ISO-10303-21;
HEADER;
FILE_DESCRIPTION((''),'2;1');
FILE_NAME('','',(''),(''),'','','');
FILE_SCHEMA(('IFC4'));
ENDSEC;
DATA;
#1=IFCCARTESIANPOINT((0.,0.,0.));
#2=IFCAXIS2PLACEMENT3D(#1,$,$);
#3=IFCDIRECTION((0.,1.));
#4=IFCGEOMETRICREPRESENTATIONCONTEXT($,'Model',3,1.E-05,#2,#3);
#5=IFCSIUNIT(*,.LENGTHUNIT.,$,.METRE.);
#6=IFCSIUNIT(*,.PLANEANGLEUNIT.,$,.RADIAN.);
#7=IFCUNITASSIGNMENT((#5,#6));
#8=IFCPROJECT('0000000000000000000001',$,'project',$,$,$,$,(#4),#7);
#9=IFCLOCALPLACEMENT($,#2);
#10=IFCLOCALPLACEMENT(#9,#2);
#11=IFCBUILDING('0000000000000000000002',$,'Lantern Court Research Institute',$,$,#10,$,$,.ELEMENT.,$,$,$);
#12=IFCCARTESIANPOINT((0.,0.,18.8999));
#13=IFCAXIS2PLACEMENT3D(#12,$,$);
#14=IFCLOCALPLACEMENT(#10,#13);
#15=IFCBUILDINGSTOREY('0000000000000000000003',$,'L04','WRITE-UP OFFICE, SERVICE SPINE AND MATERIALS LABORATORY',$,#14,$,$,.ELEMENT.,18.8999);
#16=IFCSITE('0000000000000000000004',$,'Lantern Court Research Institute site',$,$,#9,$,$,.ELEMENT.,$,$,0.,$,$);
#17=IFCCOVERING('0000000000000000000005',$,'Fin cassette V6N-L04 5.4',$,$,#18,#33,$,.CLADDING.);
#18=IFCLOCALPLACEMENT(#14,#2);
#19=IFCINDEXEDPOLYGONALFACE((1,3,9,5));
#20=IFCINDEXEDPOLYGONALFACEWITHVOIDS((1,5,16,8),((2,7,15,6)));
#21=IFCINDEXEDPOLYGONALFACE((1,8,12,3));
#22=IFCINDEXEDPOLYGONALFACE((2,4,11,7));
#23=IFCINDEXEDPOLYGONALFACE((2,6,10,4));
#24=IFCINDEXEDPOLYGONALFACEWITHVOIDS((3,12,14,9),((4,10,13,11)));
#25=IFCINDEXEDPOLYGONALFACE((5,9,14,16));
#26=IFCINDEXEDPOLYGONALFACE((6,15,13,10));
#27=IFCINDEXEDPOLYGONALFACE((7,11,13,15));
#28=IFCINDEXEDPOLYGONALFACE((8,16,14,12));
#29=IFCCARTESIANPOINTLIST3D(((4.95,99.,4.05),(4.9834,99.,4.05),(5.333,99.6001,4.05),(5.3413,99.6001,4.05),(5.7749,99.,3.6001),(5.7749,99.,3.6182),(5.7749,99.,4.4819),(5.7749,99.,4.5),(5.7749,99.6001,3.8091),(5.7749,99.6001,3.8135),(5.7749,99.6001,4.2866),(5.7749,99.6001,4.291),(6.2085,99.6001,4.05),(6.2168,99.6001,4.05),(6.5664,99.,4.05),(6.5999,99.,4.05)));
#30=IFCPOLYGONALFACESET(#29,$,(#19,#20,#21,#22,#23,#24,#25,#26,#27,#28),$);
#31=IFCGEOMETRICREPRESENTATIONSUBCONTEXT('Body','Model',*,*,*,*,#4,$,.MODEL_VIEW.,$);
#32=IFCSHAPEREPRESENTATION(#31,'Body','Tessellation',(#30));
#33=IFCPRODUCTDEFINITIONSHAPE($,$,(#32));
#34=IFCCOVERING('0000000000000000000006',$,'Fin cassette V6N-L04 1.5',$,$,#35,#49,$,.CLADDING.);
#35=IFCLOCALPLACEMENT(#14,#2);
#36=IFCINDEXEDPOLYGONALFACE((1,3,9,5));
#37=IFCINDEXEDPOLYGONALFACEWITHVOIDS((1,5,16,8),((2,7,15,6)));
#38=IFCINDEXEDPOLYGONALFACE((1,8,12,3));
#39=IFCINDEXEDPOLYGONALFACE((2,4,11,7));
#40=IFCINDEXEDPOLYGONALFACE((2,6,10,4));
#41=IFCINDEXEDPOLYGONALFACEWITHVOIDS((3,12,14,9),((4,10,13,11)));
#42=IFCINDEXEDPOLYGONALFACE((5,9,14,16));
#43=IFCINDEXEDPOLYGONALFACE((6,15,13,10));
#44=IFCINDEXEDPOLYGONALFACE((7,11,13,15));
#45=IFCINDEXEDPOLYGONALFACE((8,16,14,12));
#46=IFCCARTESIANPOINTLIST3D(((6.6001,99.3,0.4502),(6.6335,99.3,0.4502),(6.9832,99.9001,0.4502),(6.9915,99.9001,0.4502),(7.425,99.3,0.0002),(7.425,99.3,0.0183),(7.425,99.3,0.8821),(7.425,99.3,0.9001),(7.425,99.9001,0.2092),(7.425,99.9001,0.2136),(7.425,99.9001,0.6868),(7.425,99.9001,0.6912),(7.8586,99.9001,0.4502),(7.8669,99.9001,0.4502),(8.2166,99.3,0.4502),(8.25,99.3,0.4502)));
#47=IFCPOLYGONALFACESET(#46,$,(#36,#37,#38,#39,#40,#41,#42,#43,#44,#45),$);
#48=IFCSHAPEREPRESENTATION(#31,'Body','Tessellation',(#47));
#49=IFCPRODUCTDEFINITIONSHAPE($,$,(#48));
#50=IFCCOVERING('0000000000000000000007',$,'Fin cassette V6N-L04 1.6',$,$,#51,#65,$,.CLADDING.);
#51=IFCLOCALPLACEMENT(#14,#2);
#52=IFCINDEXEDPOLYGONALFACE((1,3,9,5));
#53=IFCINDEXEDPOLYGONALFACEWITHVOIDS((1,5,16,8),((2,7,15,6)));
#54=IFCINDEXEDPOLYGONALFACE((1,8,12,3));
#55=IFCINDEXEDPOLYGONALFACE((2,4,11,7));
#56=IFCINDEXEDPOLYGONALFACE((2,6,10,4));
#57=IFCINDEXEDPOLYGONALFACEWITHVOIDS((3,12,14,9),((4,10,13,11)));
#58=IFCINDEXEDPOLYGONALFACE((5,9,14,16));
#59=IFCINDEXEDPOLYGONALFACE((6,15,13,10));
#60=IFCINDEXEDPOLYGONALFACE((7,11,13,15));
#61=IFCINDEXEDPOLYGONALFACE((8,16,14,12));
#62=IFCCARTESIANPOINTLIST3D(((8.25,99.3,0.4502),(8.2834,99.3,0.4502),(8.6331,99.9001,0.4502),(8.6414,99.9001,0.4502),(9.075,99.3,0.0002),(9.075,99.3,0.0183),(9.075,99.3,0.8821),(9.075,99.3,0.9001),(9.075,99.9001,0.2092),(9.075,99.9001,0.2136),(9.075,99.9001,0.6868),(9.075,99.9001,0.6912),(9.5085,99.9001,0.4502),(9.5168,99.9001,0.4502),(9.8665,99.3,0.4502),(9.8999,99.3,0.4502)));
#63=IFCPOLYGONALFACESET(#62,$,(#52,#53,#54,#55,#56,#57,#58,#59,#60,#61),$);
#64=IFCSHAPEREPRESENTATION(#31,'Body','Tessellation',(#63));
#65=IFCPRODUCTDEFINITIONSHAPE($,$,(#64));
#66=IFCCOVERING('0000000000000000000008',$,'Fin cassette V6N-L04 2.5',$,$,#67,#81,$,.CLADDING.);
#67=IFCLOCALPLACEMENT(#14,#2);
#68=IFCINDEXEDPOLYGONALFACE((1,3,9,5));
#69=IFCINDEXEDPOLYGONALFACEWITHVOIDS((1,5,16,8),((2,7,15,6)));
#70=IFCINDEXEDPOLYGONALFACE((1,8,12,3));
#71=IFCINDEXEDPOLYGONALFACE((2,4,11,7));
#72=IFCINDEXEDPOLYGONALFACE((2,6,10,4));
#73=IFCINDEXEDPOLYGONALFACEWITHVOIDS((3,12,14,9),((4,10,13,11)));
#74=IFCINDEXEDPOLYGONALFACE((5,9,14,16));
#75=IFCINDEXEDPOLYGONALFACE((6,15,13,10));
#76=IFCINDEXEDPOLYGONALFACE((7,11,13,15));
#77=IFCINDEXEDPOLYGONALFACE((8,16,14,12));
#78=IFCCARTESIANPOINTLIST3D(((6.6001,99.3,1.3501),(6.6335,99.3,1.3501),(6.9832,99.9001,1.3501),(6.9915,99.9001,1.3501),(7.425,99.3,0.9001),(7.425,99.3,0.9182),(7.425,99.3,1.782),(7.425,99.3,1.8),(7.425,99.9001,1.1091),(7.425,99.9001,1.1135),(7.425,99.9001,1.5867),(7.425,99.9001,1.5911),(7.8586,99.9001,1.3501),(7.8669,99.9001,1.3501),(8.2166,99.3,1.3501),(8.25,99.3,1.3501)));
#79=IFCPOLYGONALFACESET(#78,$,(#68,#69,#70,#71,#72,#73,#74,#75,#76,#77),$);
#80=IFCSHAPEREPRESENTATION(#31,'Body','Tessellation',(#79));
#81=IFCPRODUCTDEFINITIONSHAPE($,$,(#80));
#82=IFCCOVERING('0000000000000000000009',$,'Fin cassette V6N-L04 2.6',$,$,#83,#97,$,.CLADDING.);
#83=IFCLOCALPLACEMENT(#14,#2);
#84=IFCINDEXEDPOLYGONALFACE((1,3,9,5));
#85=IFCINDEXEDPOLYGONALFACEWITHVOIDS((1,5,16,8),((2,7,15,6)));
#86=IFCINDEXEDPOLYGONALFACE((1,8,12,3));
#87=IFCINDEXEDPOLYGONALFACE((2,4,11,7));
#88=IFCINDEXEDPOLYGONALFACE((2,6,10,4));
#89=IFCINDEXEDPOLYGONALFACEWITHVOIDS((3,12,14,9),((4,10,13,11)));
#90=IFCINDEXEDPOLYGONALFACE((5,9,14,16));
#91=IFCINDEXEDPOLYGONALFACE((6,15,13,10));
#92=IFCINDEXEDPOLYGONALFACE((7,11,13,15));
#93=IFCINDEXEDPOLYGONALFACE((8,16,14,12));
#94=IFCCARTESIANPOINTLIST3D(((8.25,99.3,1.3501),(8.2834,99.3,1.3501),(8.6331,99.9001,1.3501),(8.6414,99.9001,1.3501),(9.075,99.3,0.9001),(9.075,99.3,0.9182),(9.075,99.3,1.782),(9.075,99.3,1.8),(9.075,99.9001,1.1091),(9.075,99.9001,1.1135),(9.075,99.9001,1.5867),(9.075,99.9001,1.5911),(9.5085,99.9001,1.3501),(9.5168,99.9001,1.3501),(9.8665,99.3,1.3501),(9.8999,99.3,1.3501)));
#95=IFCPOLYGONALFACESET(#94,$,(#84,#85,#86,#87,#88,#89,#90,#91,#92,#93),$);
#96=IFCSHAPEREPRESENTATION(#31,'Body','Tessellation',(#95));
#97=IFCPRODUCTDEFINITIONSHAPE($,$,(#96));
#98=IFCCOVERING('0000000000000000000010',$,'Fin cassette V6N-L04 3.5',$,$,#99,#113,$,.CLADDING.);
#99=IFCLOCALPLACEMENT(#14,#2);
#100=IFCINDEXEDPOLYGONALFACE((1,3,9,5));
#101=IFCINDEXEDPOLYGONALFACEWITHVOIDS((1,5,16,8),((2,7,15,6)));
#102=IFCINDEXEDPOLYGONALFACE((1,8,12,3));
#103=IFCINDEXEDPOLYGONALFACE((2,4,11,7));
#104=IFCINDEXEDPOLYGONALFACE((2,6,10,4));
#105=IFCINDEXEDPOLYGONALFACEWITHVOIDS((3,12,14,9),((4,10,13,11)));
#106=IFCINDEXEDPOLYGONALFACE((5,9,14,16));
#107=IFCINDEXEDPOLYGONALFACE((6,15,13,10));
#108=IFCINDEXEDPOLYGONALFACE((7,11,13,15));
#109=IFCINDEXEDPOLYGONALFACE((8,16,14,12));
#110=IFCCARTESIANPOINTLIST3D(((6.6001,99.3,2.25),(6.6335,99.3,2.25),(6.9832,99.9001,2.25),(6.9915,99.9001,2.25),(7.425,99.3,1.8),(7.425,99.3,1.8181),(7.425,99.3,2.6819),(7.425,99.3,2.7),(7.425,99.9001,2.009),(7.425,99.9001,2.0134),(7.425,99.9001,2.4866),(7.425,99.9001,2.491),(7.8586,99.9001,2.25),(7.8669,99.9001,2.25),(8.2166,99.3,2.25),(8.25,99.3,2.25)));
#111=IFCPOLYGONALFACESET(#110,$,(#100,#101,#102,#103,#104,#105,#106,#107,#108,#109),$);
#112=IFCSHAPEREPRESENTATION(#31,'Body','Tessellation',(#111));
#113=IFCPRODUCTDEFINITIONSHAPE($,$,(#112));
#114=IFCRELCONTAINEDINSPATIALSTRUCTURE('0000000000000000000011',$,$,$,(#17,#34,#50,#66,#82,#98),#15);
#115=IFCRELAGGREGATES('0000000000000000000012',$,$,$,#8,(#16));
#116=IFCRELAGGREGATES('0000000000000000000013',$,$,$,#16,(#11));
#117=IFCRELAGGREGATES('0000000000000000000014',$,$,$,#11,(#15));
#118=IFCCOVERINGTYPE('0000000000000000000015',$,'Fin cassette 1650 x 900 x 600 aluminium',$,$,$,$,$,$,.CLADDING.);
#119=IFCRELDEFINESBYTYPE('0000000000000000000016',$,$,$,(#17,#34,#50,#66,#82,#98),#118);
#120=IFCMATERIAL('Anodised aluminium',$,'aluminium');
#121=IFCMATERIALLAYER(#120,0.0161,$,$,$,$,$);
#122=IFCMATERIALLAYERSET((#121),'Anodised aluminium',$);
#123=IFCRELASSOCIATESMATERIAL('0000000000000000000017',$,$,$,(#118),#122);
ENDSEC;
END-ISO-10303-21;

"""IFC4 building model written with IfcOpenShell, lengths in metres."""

from ifc_helpers import new_model, entity, si_unit, direction, frame, origin, place, context, subcontext, project, spatial, material, layer, layer_set, type_object, element, save


model = new_model("IFC4")

# Units and contexts
model_context = context("Model", 3, precision=1e-05, world=origin(), true_north=direction((0.0, 1.0)))
body_context = subcontext(model_context, "Body", "Model", "MODEL_VIEW")
ifc_project = project(units=[si_unit("LENGTHUNIT", "METRE"), si_unit("PLANEANGLEUNIT", "RADIAN")], contexts=[model_context])

# Site, building, storey
site_placement = place(None, origin())
site = spatial("IfcSite", under=ifc_project, at=site_placement, Name="Lantern Court Research Institute site", CompositionType="ELEMENT", RefElevation=0.0)
building_placement = place(site_placement, origin())
building = spatial("IfcBuilding", under=site, at=building_placement, Name="Lantern Court Research Institute", CompositionType="ELEMENT")
storey_placement = place(building_placement, frame((0.0, 0.0, 18.8999)))
storey = spatial("IfcBuildingStorey", under=building, at=storey_placement, Name="L04", Description="WRITE-UP OFFICE, SERVICE SPINE AND MATERIALS LABORATORY", CompositionType="ELEMENT", Elevation=18.8999)

# Coverings
ifc_material_1 = material(Name="Anodised aluminium", Category="aluminium")
ifc_layer_1 = layer(ifc_material_1, 0.0161)
ifc_layer_set_1 = layer_set([ifc_layer_1], Name="Anodised aluminium")
covering_type_1 = type_object("IfcCoveringType", Name="Fin cassette 1650 x 900 x 600 aluminium", PredefinedType="CLADDING", material=ifc_layer_set_1)
covering_1_placement = place(storey_placement, frame((5.7749, 99.0, 4.05), z_axis=(0.0, 1.0, 0.0), x_axis=(-1.0, 0.0, 0.0)))
cartesian_point_1 = entity("IfcCartesianPoint", [0.825, 0.0])
cartesian_point_2 = entity("IfcCartesianPoint", [0.7915, 0.0])
cartesian_point_3 = entity("IfcCartesianPoint", [0.4419, 0.0])
cartesian_point_4 = entity("IfcCartesianPoint", [0.4336, 0.0])
element("IfcCovering", 1, at=covering_1_placement, inside=storey, type_object=covering_type_1, Name="Fin cassette V6N-L04 5.4", PredefinedType="CLADDING", context=body_context, shape_type="SweptSolid", body=[
    entity("IfcExtrudedAreaSolidTapered", entity("IfcArbitraryProfileDefWithVoids", "AREA", None, entity("IfcPolyline", [cartesian_point_1, entity("IfcCartesianPoint", [0.0, 0.45]), entity("IfcCartesianPoint", [-0.825, 0.0]), entity("IfcCartesianPoint", [0.0, -0.45]), cartesian_point_1]), [entity("IfcPolyline", [cartesian_point_2, entity("IfcCartesianPoint", [0.0, 0.4319]), entity("IfcCartesianPoint", [-0.7915, 0.0]), entity("IfcCartesianPoint", [0.0, -0.4319]), cartesian_point_2])]), entity("IfcAxis2Placement3D", entity("IfcCartesianPoint", [0.0, 0.0, 0.0])), entity("IfcDirection", [0.0, 0.0, 1.0]), 0.6001, entity("IfcArbitraryProfileDefWithVoids", "AREA", None, entity("IfcPolyline", [cartesian_point_3, entity("IfcCartesianPoint", [0.0, 0.241]), entity("IfcCartesianPoint", [-0.4419, 0.0]), entity("IfcCartesianPoint", [0.0, -0.241]), cartesian_point_3]), [entity("IfcPolyline", [cartesian_point_4, entity("IfcCartesianPoint", [0.0, 0.2366]), entity("IfcCartesianPoint", [-0.4336, 0.0]), entity("IfcCartesianPoint", [0.0, -0.2366]), cartesian_point_4])])),
])
covering_2_placement = place(storey_placement, frame((7.425, 99.3, 0.4502), z_axis=(0.0, 1.0, 0.0), x_axis=(-1.0, 0.0, 0.0)))
cartesian_point_5 = entity("IfcCartesianPoint", [0.825, 0.0])
cartesian_point_6 = entity("IfcCartesianPoint", [0.7915, 0.0])
cartesian_point_7 = entity("IfcCartesianPoint", [0.4419, 0.0])
cartesian_point_8 = entity("IfcCartesianPoint", [0.4336, 0.0])
element("IfcCovering", 2, at=covering_2_placement, inside=storey, type_object=covering_type_1, Name="Fin cassette V6N-L04 1.5", PredefinedType="CLADDING", context=body_context, shape_type="SweptSolid", body=[
    entity("IfcExtrudedAreaSolidTapered", entity("IfcArbitraryProfileDefWithVoids", "AREA", None, entity("IfcPolyline", [cartesian_point_5, entity("IfcCartesianPoint", [0.0, 0.45]), entity("IfcCartesianPoint", [-0.825, 0.0]), entity("IfcCartesianPoint", [0.0, -0.45]), cartesian_point_5]), [entity("IfcPolyline", [cartesian_point_6, entity("IfcCartesianPoint", [0.0, 0.4319]), entity("IfcCartesianPoint", [-0.7915, 0.0]), entity("IfcCartesianPoint", [0.0, -0.4319]), cartesian_point_6])]), entity("IfcAxis2Placement3D", entity("IfcCartesianPoint", [0.0, 0.0, 0.0])), entity("IfcDirection", [0.0, 0.0, 1.0]), 0.6001, entity("IfcArbitraryProfileDefWithVoids", "AREA", None, entity("IfcPolyline", [cartesian_point_7, entity("IfcCartesianPoint", [0.0, 0.241]), entity("IfcCartesianPoint", [-0.4419, 0.0]), entity("IfcCartesianPoint", [0.0, -0.241]), cartesian_point_7]), [entity("IfcPolyline", [cartesian_point_8, entity("IfcCartesianPoint", [0.0, 0.2366]), entity("IfcCartesianPoint", [-0.4336, 0.0]), entity("IfcCartesianPoint", [0.0, -0.2366]), cartesian_point_8])])),
])
covering_3_placement = place(storey_placement, frame((9.075, 99.3, 0.4502), z_axis=(0.0, 1.0, 0.0), x_axis=(-1.0, 0.0, 0.0)))
cartesian_point_9 = entity("IfcCartesianPoint", [0.825, 0.0])
cartesian_point_10 = entity("IfcCartesianPoint", [0.7915, 0.0])
cartesian_point_11 = entity("IfcCartesianPoint", [0.4419, 0.0])
cartesian_point_12 = entity("IfcCartesianPoint", [0.4336, 0.0])
element("IfcCovering", 3, at=covering_3_placement, inside=storey, type_object=covering_type_1, Name="Fin cassette V6N-L04 1.6", PredefinedType="CLADDING", context=body_context, shape_type="SweptSolid", body=[
    entity("IfcExtrudedAreaSolidTapered", entity("IfcArbitraryProfileDefWithVoids", "AREA", None, entity("IfcPolyline", [cartesian_point_9, entity("IfcCartesianPoint", [0.0, 0.45]), entity("IfcCartesianPoint", [-0.825, 0.0]), entity("IfcCartesianPoint", [0.0, -0.45]), cartesian_point_9]), [entity("IfcPolyline", [cartesian_point_10, entity("IfcCartesianPoint", [0.0, 0.4319]), entity("IfcCartesianPoint", [-0.7915, 0.0]), entity("IfcCartesianPoint", [0.0, -0.4319]), cartesian_point_10])]), entity("IfcAxis2Placement3D", entity("IfcCartesianPoint", [0.0, 0.0, 0.0])), entity("IfcDirection", [0.0, 0.0, 1.0]), 0.6001, entity("IfcArbitraryProfileDefWithVoids", "AREA", None, entity("IfcPolyline", [cartesian_point_11, entity("IfcCartesianPoint", [0.0, 0.241]), entity("IfcCartesianPoint", [-0.4419, 0.0]), entity("IfcCartesianPoint", [0.0, -0.241]), cartesian_point_11]), [entity("IfcPolyline", [cartesian_point_12, entity("IfcCartesianPoint", [0.0, 0.2366]), entity("IfcCartesianPoint", [-0.4336, 0.0]), entity("IfcCartesianPoint", [0.0, -0.2366]), cartesian_point_12])])),
])
covering_4_placement = place(storey_placement, frame((7.425, 99.3, 1.3501), z_axis=(0.0, 1.0, 0.0), x_axis=(-1.0, 0.0, 0.0)))
cartesian_point_13 = entity("IfcCartesianPoint", [0.825, 0.0])
cartesian_point_14 = entity("IfcCartesianPoint", [0.7915, 0.0])
cartesian_point_15 = entity("IfcCartesianPoint", [0.4419, 0.0])
cartesian_point_16 = entity("IfcCartesianPoint", [0.4336, 0.0])
element("IfcCovering", 4, at=covering_4_placement, inside=storey, type_object=covering_type_1, Name="Fin cassette V6N-L04 2.5", PredefinedType="CLADDING", context=body_context, shape_type="SweptSolid", body=[
    entity("IfcExtrudedAreaSolidTapered", entity("IfcArbitraryProfileDefWithVoids", "AREA", None, entity("IfcPolyline", [cartesian_point_13, entity("IfcCartesianPoint", [0.0, 0.45]), entity("IfcCartesianPoint", [-0.825, 0.0]), entity("IfcCartesianPoint", [0.0, -0.45]), cartesian_point_13]), [entity("IfcPolyline", [cartesian_point_14, entity("IfcCartesianPoint", [0.0, 0.4319]), entity("IfcCartesianPoint", [-0.7915, 0.0]), entity("IfcCartesianPoint", [0.0, -0.4319]), cartesian_point_14])]), entity("IfcAxis2Placement3D", entity("IfcCartesianPoint", [0.0, 0.0, 0.0])), entity("IfcDirection", [0.0, 0.0, 1.0]), 0.6001, entity("IfcArbitraryProfileDefWithVoids", "AREA", None, entity("IfcPolyline", [cartesian_point_15, entity("IfcCartesianPoint", [0.0, 0.241]), entity("IfcCartesianPoint", [-0.4419, 0.0]), entity("IfcCartesianPoint", [0.0, -0.241]), cartesian_point_15]), [entity("IfcPolyline", [cartesian_point_16, entity("IfcCartesianPoint", [0.0, 0.2366]), entity("IfcCartesianPoint", [-0.4336, 0.0]), entity("IfcCartesianPoint", [0.0, -0.2366]), cartesian_point_16])])),
])
covering_5_placement = place(storey_placement, frame((9.075, 99.3, 1.3501), z_axis=(0.0, 1.0, 0.0), x_axis=(-1.0, 0.0, 0.0)))
cartesian_point_17 = entity("IfcCartesianPoint", [0.825, 0.0])
cartesian_point_18 = entity("IfcCartesianPoint", [0.7915, 0.0])
cartesian_point_19 = entity("IfcCartesianPoint", [0.4419, 0.0])
cartesian_point_20 = entity("IfcCartesianPoint", [0.4336, 0.0])
element("IfcCovering", 5, at=covering_5_placement, inside=storey, type_object=covering_type_1, Name="Fin cassette V6N-L04 2.6", PredefinedType="CLADDING", context=body_context, shape_type="SweptSolid", body=[
    entity("IfcExtrudedAreaSolidTapered", entity("IfcArbitraryProfileDefWithVoids", "AREA", None, entity("IfcPolyline", [cartesian_point_17, entity("IfcCartesianPoint", [0.0, 0.45]), entity("IfcCartesianPoint", [-0.825, 0.0]), entity("IfcCartesianPoint", [0.0, -0.45]), cartesian_point_17]), [entity("IfcPolyline", [cartesian_point_18, entity("IfcCartesianPoint", [0.0, 0.4319]), entity("IfcCartesianPoint", [-0.7915, 0.0]), entity("IfcCartesianPoint", [0.0, -0.4319]), cartesian_point_18])]), entity("IfcAxis2Placement3D", entity("IfcCartesianPoint", [0.0, 0.0, 0.0])), entity("IfcDirection", [0.0, 0.0, 1.0]), 0.6001, entity("IfcArbitraryProfileDefWithVoids", "AREA", None, entity("IfcPolyline", [cartesian_point_19, entity("IfcCartesianPoint", [0.0, 0.241]), entity("IfcCartesianPoint", [-0.4419, 0.0]), entity("IfcCartesianPoint", [0.0, -0.241]), cartesian_point_19]), [entity("IfcPolyline", [cartesian_point_20, entity("IfcCartesianPoint", [0.0, 0.2366]), entity("IfcCartesianPoint", [-0.4336, 0.0]), entity("IfcCartesianPoint", [0.0, -0.2366]), cartesian_point_20])])),
])
covering_6_placement = place(storey_placement, frame((7.425, 99.3, 2.25), z_axis=(0.0, 1.0, 0.0), x_axis=(-1.0, 0.0, 0.0)))
cartesian_point_21 = entity("IfcCartesianPoint", [0.825, 0.0])
cartesian_point_22 = entity("IfcCartesianPoint", [0.7915, 0.0])
cartesian_point_23 = entity("IfcCartesianPoint", [0.4419, 0.0])
cartesian_point_24 = entity("IfcCartesianPoint", [0.4336, 0.0])
element("IfcCovering", 6, at=covering_6_placement, inside=storey, type_object=covering_type_1, Name="Fin cassette V6N-L04 3.5", PredefinedType="CLADDING", context=body_context, shape_type="SweptSolid", body=[
    entity("IfcExtrudedAreaSolidTapered", entity("IfcArbitraryProfileDefWithVoids", "AREA", None, entity("IfcPolyline", [cartesian_point_21, entity("IfcCartesianPoint", [0.0, 0.45]), entity("IfcCartesianPoint", [-0.825, 0.0]), entity("IfcCartesianPoint", [0.0, -0.45]), cartesian_point_21]), [entity("IfcPolyline", [cartesian_point_22, entity("IfcCartesianPoint", [0.0, 0.4319]), entity("IfcCartesianPoint", [-0.7915, 0.0]), entity("IfcCartesianPoint", [0.0, -0.4319]), cartesian_point_22])]), entity("IfcAxis2Placement3D", entity("IfcCartesianPoint", [0.0, 0.0, 0.0])), entity("IfcDirection", [0.0, 0.0, 1.0]), 0.6001, entity("IfcArbitraryProfileDefWithVoids", "AREA", None, entity("IfcPolyline", [cartesian_point_23, entity("IfcCartesianPoint", [0.0, 0.241]), entity("IfcCartesianPoint", [-0.4419, 0.0]), entity("IfcCartesianPoint", [0.0, -0.241]), cartesian_point_23]), [entity("IfcPolyline", [cartesian_point_24, entity("IfcCartesianPoint", [0.0, 0.2366]), entity("IfcCartesianPoint", [-0.4336, 0.0]), entity("IfcCartesianPoint", [0.0, -0.2366]), cartesian_point_24])])),
])

save(model, "model.ifc")
